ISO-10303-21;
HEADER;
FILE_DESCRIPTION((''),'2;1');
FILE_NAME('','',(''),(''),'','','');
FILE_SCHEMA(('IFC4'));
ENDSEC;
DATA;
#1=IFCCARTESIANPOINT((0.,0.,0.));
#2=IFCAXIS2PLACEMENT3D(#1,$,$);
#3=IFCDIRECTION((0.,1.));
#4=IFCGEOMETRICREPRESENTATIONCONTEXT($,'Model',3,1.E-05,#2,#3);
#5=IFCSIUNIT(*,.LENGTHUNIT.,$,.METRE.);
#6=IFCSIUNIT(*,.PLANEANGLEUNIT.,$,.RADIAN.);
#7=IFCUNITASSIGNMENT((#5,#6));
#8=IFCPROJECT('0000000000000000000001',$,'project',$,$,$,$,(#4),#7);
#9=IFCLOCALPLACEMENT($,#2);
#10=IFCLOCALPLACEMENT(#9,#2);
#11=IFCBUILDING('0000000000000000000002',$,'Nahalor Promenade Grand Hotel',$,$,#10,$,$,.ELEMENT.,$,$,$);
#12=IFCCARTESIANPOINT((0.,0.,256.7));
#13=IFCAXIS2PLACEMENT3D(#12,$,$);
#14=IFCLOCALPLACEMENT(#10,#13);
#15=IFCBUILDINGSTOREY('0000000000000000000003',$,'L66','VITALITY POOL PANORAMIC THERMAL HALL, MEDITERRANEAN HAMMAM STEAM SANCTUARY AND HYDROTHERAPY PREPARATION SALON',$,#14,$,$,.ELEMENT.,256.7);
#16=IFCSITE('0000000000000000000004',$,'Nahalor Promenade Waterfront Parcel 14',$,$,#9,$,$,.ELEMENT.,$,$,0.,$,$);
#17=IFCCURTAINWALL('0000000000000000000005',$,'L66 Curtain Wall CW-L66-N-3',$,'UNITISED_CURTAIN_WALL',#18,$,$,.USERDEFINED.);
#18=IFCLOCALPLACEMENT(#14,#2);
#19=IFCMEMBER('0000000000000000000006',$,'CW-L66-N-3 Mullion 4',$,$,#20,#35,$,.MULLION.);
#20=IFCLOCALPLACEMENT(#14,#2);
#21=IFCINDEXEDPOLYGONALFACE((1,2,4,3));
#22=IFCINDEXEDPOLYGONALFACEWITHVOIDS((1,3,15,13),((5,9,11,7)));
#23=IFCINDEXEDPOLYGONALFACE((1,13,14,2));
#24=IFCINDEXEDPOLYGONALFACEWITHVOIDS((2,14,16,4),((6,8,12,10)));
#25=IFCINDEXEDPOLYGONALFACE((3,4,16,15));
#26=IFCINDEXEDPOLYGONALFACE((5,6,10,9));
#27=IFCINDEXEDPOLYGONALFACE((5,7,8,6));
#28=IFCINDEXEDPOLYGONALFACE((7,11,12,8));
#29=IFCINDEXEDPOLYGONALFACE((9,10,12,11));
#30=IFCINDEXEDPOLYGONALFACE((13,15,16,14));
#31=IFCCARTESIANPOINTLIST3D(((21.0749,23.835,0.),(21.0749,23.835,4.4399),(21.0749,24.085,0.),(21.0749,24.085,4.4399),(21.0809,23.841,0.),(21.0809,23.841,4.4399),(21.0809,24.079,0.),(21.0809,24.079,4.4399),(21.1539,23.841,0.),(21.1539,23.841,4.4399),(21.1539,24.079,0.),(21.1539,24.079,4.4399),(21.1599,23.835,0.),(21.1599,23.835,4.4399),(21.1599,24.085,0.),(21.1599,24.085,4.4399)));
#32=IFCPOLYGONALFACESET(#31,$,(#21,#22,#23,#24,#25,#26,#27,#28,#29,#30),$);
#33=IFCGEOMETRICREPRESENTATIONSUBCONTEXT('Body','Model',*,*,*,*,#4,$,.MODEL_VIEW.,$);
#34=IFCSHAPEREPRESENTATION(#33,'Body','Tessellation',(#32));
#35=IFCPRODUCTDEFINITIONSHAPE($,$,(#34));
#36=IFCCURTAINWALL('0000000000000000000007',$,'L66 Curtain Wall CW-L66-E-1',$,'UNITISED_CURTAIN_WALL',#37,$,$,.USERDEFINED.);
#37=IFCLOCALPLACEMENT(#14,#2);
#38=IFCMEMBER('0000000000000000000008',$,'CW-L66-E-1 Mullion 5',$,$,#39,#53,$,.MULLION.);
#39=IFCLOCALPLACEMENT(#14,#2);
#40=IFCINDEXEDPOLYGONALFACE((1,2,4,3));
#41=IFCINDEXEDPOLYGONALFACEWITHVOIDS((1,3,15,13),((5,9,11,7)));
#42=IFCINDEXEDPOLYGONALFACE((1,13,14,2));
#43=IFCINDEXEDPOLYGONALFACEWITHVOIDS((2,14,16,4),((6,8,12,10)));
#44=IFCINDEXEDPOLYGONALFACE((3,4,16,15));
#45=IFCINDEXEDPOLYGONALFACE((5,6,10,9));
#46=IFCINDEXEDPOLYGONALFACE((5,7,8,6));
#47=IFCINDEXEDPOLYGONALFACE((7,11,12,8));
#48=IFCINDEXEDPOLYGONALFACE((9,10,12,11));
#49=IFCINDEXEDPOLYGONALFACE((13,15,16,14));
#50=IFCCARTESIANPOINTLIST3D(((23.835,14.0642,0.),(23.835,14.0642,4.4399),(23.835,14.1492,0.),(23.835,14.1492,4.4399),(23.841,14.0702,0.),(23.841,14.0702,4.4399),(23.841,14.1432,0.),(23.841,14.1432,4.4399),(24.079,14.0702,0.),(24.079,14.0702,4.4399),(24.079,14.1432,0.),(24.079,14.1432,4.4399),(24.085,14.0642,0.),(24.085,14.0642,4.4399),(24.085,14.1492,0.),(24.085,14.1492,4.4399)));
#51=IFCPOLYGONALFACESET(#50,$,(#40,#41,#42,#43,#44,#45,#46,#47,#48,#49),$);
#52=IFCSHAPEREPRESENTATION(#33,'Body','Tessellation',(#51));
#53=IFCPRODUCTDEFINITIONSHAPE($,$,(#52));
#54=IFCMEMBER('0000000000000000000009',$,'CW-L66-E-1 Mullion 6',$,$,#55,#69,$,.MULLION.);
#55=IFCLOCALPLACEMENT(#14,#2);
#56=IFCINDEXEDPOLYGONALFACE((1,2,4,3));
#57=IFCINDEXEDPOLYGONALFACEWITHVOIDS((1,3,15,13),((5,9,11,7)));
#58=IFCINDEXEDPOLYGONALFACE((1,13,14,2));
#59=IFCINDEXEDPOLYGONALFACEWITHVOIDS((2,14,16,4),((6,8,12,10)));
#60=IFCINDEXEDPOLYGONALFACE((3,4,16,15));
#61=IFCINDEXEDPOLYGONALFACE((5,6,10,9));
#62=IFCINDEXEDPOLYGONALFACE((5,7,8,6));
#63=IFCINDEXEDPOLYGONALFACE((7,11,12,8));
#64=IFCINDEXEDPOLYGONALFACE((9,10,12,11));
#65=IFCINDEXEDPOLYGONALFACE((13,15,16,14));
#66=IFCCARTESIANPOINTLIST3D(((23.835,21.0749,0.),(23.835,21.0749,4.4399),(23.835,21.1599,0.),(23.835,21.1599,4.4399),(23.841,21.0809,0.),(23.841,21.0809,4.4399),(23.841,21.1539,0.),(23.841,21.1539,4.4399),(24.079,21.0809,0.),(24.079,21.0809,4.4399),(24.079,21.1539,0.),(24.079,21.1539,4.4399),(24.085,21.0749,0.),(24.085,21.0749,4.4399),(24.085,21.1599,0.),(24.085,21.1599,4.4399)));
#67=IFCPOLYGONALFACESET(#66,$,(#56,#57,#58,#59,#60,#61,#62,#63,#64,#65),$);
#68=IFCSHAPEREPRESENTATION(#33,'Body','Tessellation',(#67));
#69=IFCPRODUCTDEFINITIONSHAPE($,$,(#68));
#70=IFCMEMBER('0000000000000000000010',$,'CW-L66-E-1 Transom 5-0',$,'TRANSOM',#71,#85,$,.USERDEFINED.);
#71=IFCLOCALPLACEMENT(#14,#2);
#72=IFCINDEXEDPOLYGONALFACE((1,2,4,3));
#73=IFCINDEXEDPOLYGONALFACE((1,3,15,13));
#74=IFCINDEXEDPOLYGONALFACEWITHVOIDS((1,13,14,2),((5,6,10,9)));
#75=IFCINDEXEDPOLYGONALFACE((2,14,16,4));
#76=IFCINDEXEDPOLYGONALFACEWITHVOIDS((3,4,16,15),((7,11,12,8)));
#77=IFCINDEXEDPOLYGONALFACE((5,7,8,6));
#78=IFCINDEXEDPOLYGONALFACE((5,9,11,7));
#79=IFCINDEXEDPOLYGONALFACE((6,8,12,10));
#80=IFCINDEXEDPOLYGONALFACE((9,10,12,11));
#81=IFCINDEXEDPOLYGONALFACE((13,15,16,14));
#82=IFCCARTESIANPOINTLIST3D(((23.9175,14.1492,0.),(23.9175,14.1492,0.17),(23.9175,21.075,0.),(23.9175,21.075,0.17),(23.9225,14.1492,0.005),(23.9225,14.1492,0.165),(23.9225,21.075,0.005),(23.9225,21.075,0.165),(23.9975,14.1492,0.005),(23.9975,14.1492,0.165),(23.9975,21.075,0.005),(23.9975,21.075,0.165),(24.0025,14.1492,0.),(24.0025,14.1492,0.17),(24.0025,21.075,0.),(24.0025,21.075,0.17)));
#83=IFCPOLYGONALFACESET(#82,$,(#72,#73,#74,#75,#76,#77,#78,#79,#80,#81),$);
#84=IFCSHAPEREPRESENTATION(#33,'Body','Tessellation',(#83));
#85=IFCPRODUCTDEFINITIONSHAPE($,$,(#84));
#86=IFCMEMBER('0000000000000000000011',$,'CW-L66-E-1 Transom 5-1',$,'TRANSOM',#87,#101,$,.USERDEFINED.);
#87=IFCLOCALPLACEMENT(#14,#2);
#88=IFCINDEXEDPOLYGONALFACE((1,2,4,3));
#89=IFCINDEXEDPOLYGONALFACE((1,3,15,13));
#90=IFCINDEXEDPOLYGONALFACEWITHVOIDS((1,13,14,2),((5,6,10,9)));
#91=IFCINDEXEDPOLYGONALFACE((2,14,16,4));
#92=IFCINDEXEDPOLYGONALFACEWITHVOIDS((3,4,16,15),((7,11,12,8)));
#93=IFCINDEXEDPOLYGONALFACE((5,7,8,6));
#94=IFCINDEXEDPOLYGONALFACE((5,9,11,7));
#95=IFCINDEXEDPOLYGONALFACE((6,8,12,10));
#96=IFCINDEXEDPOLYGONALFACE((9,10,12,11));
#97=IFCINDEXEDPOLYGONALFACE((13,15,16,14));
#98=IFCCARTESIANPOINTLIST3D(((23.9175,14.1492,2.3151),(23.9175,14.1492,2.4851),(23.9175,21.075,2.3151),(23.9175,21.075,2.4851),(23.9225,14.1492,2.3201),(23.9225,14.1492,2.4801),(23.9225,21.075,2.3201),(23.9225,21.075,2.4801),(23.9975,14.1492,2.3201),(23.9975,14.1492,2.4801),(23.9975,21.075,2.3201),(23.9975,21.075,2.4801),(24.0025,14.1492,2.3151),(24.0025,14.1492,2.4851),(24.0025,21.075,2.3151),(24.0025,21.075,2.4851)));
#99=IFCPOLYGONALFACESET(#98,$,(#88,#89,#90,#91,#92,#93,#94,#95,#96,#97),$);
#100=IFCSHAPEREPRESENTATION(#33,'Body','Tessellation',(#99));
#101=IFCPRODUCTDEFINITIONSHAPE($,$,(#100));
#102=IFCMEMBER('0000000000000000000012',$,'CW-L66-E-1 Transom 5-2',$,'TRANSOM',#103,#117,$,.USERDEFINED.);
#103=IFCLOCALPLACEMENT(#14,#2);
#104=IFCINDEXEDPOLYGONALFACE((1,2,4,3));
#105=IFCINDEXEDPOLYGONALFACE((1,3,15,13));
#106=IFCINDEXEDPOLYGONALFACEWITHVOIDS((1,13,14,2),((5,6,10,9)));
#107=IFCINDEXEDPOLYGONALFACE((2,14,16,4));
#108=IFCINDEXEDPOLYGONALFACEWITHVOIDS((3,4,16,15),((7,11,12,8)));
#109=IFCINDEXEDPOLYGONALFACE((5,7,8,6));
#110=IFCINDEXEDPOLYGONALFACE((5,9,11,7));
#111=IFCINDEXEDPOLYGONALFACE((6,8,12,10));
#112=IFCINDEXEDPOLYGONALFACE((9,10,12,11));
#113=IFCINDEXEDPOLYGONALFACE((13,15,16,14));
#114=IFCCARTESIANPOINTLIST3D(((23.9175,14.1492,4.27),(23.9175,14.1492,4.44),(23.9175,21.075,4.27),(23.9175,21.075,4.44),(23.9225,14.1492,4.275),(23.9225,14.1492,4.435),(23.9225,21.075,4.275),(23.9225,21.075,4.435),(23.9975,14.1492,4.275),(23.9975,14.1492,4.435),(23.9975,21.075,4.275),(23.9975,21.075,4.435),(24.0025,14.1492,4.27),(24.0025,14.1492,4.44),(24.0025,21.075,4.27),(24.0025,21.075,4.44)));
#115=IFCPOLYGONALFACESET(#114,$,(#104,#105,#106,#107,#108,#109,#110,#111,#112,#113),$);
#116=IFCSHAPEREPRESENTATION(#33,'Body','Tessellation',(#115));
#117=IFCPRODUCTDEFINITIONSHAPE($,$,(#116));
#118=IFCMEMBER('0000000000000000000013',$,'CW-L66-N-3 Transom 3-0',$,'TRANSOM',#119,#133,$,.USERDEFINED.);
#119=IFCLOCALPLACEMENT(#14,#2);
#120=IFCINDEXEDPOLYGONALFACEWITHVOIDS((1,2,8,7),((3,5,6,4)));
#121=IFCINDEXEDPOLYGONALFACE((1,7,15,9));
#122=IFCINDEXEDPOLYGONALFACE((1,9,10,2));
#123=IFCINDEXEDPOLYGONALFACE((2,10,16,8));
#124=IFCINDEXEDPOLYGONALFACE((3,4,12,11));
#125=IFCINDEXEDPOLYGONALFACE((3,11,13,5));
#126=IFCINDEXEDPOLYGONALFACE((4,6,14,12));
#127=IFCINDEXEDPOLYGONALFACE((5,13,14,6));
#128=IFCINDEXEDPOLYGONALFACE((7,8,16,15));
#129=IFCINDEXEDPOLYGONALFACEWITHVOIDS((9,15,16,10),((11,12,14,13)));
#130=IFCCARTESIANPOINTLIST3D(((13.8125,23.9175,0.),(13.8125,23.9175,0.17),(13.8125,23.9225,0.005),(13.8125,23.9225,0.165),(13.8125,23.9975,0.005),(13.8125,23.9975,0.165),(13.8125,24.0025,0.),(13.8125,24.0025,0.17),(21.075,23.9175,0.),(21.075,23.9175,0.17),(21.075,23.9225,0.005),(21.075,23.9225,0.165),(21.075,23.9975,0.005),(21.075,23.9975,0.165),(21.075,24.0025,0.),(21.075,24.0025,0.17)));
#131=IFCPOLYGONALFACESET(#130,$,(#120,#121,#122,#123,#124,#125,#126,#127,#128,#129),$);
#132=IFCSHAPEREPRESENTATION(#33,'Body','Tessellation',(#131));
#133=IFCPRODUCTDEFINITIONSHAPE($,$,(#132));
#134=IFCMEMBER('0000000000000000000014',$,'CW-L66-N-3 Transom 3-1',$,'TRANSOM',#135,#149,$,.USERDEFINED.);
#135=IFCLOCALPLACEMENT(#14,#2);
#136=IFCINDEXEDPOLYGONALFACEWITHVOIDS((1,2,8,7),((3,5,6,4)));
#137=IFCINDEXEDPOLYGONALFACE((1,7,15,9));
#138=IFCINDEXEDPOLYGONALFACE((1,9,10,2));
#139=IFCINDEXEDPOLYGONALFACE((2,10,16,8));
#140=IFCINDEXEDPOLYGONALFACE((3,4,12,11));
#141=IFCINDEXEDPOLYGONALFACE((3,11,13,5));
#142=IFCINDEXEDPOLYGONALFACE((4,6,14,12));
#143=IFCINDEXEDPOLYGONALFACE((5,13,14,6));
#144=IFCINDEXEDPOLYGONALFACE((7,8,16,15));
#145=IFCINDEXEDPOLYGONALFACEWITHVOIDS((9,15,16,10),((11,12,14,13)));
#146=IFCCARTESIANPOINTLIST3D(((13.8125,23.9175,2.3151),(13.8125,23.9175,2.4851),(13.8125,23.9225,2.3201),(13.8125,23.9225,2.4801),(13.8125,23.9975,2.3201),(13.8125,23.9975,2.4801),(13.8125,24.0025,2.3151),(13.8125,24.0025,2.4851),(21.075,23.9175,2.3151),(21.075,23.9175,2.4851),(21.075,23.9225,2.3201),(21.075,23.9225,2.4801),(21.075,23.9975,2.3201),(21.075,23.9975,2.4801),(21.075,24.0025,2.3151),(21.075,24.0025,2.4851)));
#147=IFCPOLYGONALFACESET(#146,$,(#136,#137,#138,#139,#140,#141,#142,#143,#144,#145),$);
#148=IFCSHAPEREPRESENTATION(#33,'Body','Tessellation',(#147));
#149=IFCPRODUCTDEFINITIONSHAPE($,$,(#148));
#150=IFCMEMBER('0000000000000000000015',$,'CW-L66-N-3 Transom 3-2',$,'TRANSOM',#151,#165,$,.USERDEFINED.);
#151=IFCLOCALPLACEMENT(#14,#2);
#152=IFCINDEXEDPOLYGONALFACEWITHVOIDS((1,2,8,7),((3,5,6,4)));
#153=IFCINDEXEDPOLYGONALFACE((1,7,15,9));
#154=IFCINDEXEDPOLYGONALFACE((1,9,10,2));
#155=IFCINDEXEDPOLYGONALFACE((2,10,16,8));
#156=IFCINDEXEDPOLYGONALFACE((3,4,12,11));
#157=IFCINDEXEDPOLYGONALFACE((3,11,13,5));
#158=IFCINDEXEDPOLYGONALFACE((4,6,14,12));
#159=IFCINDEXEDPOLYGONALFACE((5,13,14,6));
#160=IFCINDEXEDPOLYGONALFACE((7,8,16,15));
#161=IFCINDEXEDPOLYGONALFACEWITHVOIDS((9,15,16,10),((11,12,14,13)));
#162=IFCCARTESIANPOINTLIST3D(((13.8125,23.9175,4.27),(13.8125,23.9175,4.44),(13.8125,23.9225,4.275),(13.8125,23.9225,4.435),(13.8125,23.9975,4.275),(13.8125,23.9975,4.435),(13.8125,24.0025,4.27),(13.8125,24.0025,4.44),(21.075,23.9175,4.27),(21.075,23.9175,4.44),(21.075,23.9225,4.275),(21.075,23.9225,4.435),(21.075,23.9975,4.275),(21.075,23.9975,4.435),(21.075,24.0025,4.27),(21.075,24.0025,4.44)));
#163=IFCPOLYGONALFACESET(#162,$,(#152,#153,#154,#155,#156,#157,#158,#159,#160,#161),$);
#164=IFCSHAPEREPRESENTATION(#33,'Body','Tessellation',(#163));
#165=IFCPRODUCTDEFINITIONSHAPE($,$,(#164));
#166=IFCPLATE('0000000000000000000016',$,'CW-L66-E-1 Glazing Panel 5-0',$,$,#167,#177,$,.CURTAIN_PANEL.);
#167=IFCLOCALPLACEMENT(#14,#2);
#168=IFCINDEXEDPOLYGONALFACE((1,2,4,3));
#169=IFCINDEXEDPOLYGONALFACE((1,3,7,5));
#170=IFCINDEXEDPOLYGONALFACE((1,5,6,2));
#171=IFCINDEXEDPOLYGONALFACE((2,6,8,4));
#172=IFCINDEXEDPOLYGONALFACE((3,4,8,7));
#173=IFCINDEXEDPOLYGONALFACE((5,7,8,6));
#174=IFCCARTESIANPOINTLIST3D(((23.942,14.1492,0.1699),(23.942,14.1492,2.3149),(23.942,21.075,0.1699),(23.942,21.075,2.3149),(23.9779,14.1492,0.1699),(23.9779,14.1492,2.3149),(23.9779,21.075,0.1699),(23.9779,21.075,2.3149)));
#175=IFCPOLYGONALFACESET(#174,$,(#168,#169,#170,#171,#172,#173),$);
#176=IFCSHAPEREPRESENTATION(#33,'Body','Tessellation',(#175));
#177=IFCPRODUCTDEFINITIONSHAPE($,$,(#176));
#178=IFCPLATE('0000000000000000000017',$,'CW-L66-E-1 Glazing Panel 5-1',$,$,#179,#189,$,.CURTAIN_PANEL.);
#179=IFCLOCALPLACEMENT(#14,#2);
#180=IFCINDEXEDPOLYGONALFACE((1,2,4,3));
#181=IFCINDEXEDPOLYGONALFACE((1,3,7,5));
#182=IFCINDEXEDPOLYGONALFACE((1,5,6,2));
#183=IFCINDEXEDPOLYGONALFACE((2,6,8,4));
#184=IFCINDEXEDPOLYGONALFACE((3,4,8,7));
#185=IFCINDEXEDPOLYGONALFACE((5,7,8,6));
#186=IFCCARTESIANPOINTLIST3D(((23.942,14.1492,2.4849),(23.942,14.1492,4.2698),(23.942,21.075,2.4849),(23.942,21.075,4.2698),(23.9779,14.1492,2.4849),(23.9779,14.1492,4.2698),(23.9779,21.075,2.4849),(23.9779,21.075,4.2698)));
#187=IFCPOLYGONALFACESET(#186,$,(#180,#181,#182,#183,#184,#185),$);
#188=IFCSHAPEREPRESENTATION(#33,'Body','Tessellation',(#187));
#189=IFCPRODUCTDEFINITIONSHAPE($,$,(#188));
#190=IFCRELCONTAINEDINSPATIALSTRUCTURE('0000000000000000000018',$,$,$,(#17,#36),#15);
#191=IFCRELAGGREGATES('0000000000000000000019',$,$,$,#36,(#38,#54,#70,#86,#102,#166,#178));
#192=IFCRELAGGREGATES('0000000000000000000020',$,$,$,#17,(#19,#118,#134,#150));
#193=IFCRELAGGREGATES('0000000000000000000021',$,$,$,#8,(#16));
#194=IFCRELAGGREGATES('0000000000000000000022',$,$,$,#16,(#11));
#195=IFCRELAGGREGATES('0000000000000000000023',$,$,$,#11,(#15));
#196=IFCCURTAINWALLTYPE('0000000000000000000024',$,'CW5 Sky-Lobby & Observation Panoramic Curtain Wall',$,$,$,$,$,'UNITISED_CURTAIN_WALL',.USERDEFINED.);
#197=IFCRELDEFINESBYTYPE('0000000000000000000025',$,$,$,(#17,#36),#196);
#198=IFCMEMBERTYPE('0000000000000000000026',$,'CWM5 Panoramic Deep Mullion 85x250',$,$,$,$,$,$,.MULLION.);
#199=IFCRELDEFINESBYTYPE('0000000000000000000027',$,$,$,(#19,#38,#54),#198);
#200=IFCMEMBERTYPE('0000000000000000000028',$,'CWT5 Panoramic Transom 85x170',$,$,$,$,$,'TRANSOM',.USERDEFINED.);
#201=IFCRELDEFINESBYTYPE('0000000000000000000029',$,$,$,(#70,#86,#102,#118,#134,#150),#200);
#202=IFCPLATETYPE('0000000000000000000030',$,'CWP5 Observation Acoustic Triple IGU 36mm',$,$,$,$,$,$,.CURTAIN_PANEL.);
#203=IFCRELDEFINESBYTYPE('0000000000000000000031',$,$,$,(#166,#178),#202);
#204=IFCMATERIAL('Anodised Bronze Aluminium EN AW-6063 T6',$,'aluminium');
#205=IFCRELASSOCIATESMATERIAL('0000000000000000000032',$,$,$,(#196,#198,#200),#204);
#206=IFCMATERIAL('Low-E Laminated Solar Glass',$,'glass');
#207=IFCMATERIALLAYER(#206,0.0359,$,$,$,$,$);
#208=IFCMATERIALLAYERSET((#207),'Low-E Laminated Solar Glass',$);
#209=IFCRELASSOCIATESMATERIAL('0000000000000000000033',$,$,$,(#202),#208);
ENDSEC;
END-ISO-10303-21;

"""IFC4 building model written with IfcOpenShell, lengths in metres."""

from ifc_helpers import new_model, si_unit, direction, frame, origin, origin_2d, place, context, subcontext, project, spatial, rectangle, hollow_rectangle, extrude, source, transform, mapped, material, layer, layer_set, material_profile, profile_set, type_object, element, aggregate, save


model = new_model("IFC4")

# Units and contexts
model_context = context("Model", 3, precision=1e-05, world=origin(), true_north=direction((0.0, 1.0)))
body_context = subcontext(model_context, "Body", "Model", "MODEL_VIEW")
ifc_project = project(units=[si_unit("LENGTHUNIT", "METRE"), si_unit("PLANEANGLEUNIT", "RADIAN")], contexts=[model_context])

# Site, building, storey
site_placement = place(None, origin())
site = spatial("IfcSite", under=ifc_project, at=site_placement, Name="Nahalor Promenade Waterfront Parcel 14", CompositionType="ELEMENT", RefElevation=0.0)
building_placement = place(site_placement, origin())
building = spatial("IfcBuilding", under=site, at=building_placement, Name="Nahalor Promenade Grand Hotel", CompositionType="ELEMENT")
storey_placement = place(building_placement, frame((0.0, 0.0, 256.7)))
storey = spatial("IfcBuildingStorey", under=building, at=storey_placement, Name="L66", Description="VITALITY POOL PANORAMIC THERMAL HALL, MEDITERRANEAN HAMMAM STEAM SANCTUARY AND HYDROTHERAPY PREPARATION SALON", CompositionType="ELEMENT", Elevation=256.7)

# Curtain walls, members
ifc_material_1 = material(Name="Anodised Bronze Aluminium EN AW-6063 T6", Category="aluminium")
curtain_wall_type = type_object("IfcCurtainWallType", Name="CW5 Sky-Lobby & Observation Panoramic Curtain Wall", ElementType="UNITISED_CURTAIN_WALL", PredefinedType="USERDEFINED", material=ifc_material_1)
curtain_wall_1_placement = place(storey_placement, origin())
curtain_wall_1 = element("IfcCurtainWall", 1, at=curtain_wall_1_placement, inside=storey, type_object=curtain_wall_type, Name="L66 Curtain Wall CW-L66-N-3", ObjectType="UNITISED_CURTAIN_WALL", PredefinedType="USERDEFINED")
ifc_material_profile_1 = material_profile(ifc_material_1, hollow_rectangle(XDim=0.085, YDim=0.25, WallThickness=0.006, at=origin_2d()), Name="CWM 85x250x6")
ifc_profile_set_1 = profile_set([ifc_material_profile_1], Name="Anodised Bronze Aluminium EN AW-6063 T6")
member_type_1 = type_object("IfcMemberType", Name="CWM5 Panoramic Deep Mullion 85x250", PredefinedType="MULLION", material=ifc_profile_set_1)
shared_shape_1 = source(origin(), body_context, "Body", "SweptSolid", [
    extrude(hollow_rectangle(XDim=0.085, YDim=0.25, WallThickness=0.006, at=origin_2d()), origin(), (0.0, 0.0, 1.0), 4.4399),
])
member_1_placement = place(storey_placement, frame((21.1174, 23.96, 0.0), z_axis=(0.0, 0.0, 1.0), x_axis=(1.0, 0.0, 0.0)))
member_1 = element("IfcMember", 2, at=member_1_placement, type_object=member_type_1, Name="CW-L66-N-3 Mullion 4", PredefinedType="MULLION", context=body_context, shape_type="MappedRepresentation", body=[
    mapped(shared_shape_1, transform((0.0, 0.0, 0.0), scale=1.0)),
])
curtain_wall_2_placement = place(storey_placement, origin())
curtain_wall_2 = element("IfcCurtainWall", 3, at=curtain_wall_2_placement, inside=storey, type_object=curtain_wall_type, Name="L66 Curtain Wall CW-L66-E-1", ObjectType="UNITISED_CURTAIN_WALL", PredefinedType="USERDEFINED")
member_2_placement = place(storey_placement, frame((23.96, 14.1067, 0.0), z_axis=(0.0, 0.0, 1.0), x_axis=(0.0, 1.0, 0.0)))
member_2 = element("IfcMember", 4, at=member_2_placement, type_object=member_type_1, Name="CW-L66-E-1 Mullion 5", PredefinedType="MULLION", context=body_context, shape_type="MappedRepresentation", body=[
    mapped(shared_shape_1, transform((0.0, 0.0, 0.0), scale=1.0)),
])
member_3_placement = place(storey_placement, frame((23.96, 21.1174, 0.0), z_axis=(0.0, 0.0, 1.0), x_axis=(0.0, 1.0, 0.0)))
member_3 = element("IfcMember", 5, at=member_3_placement, type_object=member_type_1, Name="CW-L66-E-1 Mullion 6", PredefinedType="MULLION", context=body_context, shape_type="MappedRepresentation", body=[
    mapped(shared_shape_1, transform((0.0, 0.0, 0.0), scale=1.0)),
])
ifc_material_profile_2 = material_profile(ifc_material_1, hollow_rectangle(XDim=0.085, YDim=0.17, WallThickness=0.005, at=origin_2d()), Name="CWT 85x170x5")
ifc_profile_set_2 = profile_set([ifc_material_profile_2], Name="Anodised Bronze Aluminium EN AW-6063 T6")
member_type_2 = type_object("IfcMemberType", Name="CWT5 Panoramic Transom 85x170", ElementType="TRANSOM", PredefinedType="USERDEFINED", material=ifc_profile_set_2)
shared_shape_2 = source(origin(), body_context, "Body", "SweptSolid", [
    extrude(hollow_rectangle(XDim=0.085, YDim=0.17, WallThickness=0.005, at=origin_2d()), origin(), (0.0, 0.0, 1.0), 6.9258),
])
member_4_placement = place(storey_placement, frame((23.96, 14.1492, 0.085), z_axis=(0.0, 1.0, 0.0), x_axis=(-1.0, 0.0, 0.0)))
member_4 = element("IfcMember", 6, at=member_4_placement, type_object=member_type_2, Name="CW-L66-E-1 Transom 5-0", ObjectType="TRANSOM", PredefinedType="USERDEFINED", context=body_context, shape_type="MappedRepresentation", body=[
    mapped(shared_shape_2, transform((0.0, 0.0, 0.0), scale=1.0)),
])
member_5_placement = place(storey_placement, frame((23.96, 14.1492, 2.4001), z_axis=(0.0, 1.0, 0.0), x_axis=(-1.0, 0.0, 0.0)))
member_5 = element("IfcMember", 7, at=member_5_placement, type_object=member_type_2, Name="CW-L66-E-1 Transom 5-1", ObjectType="TRANSOM", PredefinedType="USERDEFINED", context=body_context, shape_type="MappedRepresentation", body=[
    mapped(shared_shape_2, transform((0.0, 0.0, 0.0), scale=1.0)),
])
member_6_placement = place(storey_placement, frame((23.96, 14.1492, 4.355), z_axis=(0.0, 1.0, 0.0), x_axis=(-1.0, 0.0, 0.0)))
member_6 = element("IfcMember", 8, at=member_6_placement, type_object=member_type_2, Name="CW-L66-E-1 Transom 5-2", ObjectType="TRANSOM", PredefinedType="USERDEFINED", context=body_context, shape_type="MappedRepresentation", body=[
    mapped(shared_shape_2, transform((0.0, 0.0, 0.0), scale=1.0)),
])

# Members
shared_shape_3 = source(origin(), body_context, "Body", "SweptSolid", [
    extrude(hollow_rectangle(XDim=0.085, YDim=0.17, WallThickness=0.005, at=origin_2d()), origin(), (0.0, 0.0, 1.0), 7.2625),
])
member_7_placement = place(storey_placement, frame((13.8125, 23.96, 0.085), z_axis=(1.0, 0.0, 0.0), x_axis=(0.0, 1.0, 0.0)))
member_7 = element("IfcMember", 9, at=member_7_placement, type_object=member_type_2, Name="CW-L66-N-3 Transom 3-0", ObjectType="TRANSOM", PredefinedType="USERDEFINED", context=body_context, shape_type="MappedRepresentation", body=[
    mapped(shared_shape_3, transform((0.0, 0.0, 0.0), scale=1.0)),
])
member_8_placement = place(storey_placement, frame((13.8125, 23.96, 2.4001), z_axis=(1.0, 0.0, 0.0), x_axis=(0.0, 1.0, 0.0)))
member_8 = element("IfcMember", 10, at=member_8_placement, type_object=member_type_2, Name="CW-L66-N-3 Transom 3-1", ObjectType="TRANSOM", PredefinedType="USERDEFINED", context=body_context, shape_type="MappedRepresentation", body=[
    mapped(shared_shape_3, transform((0.0, 0.0, 0.0), scale=1.0)),
])
member_9_placement = place(storey_placement, frame((13.8125, 23.96, 4.355), z_axis=(1.0, 0.0, 0.0), x_axis=(0.0, 1.0, 0.0)))
member_9 = element("IfcMember", 11, at=member_9_placement, type_object=member_type_2, Name="CW-L66-N-3 Transom 3-2", ObjectType="TRANSOM", PredefinedType="USERDEFINED", context=body_context, shape_type="MappedRepresentation", body=[
    mapped(shared_shape_3, transform((0.0, 0.0, 0.0), scale=1.0)),
])

# Plates
ifc_material_2 = material(Name="Low-E Laminated Solar Glass", Category="glass")
ifc_layer_1 = layer(ifc_material_2, 0.0359)
ifc_layer_set_1 = layer_set([ifc_layer_1], Name="Low-E Laminated Solar Glass")
plate_type = type_object("IfcPlateType", Name="CWP5 Observation Acoustic Triple IGU 36mm", PredefinedType="CURTAIN_PANEL", material=ifc_layer_set_1)
shared_shape_4 = source(origin(), body_context, "Body", "SweptSolid", [
    extrude(rectangle(XDim=6.9258, YDim=0.0359, at=origin_2d()), origin(), (0.0, 0.0, 1.0), 2.145),
])
plate_1_placement = place(storey_placement, frame((23.96, 17.6121, 0.1699), z_axis=(0.0, 0.0, 1.0), x_axis=(0.0, 1.0, 0.0)))
plate_1 = element("IfcPlate", 12, at=plate_1_placement, type_object=plate_type, Name="CW-L66-E-1 Glazing Panel 5-0", PredefinedType="CURTAIN_PANEL", context=body_context, shape_type="MappedRepresentation", body=[
    mapped(shared_shape_4, transform((0.0, 0.0, 0.0), scale=1.0)),
])
shared_shape_5 = source(origin(), body_context, "Body", "SweptSolid", [
    extrude(rectangle(XDim=6.9258, YDim=0.0359, at=origin_2d()), origin(), (0.0, 0.0, 1.0), 1.7849),
])
plate_2_placement = place(storey_placement, frame((23.96, 17.6121, 2.4849), z_axis=(0.0, 0.0, 1.0), x_axis=(0.0, 1.0, 0.0)))
plate_2 = element("IfcPlate", 13, at=plate_2_placement, type_object=plate_type, Name="CW-L66-E-1 Glazing Panel 5-1", PredefinedType="CURTAIN_PANEL", context=body_context, shape_type="MappedRepresentation", body=[
    mapped(shared_shape_5, transform((0.0, 0.0, 0.0), scale=1.0)),
])
aggregate(curtain_wall_2, [member_2, member_3, member_4, member_5, member_6, plate_1, plate_2])
aggregate(curtain_wall_1, [member_1, member_7, member_8, member_9])

save(model, "model.ifc")
